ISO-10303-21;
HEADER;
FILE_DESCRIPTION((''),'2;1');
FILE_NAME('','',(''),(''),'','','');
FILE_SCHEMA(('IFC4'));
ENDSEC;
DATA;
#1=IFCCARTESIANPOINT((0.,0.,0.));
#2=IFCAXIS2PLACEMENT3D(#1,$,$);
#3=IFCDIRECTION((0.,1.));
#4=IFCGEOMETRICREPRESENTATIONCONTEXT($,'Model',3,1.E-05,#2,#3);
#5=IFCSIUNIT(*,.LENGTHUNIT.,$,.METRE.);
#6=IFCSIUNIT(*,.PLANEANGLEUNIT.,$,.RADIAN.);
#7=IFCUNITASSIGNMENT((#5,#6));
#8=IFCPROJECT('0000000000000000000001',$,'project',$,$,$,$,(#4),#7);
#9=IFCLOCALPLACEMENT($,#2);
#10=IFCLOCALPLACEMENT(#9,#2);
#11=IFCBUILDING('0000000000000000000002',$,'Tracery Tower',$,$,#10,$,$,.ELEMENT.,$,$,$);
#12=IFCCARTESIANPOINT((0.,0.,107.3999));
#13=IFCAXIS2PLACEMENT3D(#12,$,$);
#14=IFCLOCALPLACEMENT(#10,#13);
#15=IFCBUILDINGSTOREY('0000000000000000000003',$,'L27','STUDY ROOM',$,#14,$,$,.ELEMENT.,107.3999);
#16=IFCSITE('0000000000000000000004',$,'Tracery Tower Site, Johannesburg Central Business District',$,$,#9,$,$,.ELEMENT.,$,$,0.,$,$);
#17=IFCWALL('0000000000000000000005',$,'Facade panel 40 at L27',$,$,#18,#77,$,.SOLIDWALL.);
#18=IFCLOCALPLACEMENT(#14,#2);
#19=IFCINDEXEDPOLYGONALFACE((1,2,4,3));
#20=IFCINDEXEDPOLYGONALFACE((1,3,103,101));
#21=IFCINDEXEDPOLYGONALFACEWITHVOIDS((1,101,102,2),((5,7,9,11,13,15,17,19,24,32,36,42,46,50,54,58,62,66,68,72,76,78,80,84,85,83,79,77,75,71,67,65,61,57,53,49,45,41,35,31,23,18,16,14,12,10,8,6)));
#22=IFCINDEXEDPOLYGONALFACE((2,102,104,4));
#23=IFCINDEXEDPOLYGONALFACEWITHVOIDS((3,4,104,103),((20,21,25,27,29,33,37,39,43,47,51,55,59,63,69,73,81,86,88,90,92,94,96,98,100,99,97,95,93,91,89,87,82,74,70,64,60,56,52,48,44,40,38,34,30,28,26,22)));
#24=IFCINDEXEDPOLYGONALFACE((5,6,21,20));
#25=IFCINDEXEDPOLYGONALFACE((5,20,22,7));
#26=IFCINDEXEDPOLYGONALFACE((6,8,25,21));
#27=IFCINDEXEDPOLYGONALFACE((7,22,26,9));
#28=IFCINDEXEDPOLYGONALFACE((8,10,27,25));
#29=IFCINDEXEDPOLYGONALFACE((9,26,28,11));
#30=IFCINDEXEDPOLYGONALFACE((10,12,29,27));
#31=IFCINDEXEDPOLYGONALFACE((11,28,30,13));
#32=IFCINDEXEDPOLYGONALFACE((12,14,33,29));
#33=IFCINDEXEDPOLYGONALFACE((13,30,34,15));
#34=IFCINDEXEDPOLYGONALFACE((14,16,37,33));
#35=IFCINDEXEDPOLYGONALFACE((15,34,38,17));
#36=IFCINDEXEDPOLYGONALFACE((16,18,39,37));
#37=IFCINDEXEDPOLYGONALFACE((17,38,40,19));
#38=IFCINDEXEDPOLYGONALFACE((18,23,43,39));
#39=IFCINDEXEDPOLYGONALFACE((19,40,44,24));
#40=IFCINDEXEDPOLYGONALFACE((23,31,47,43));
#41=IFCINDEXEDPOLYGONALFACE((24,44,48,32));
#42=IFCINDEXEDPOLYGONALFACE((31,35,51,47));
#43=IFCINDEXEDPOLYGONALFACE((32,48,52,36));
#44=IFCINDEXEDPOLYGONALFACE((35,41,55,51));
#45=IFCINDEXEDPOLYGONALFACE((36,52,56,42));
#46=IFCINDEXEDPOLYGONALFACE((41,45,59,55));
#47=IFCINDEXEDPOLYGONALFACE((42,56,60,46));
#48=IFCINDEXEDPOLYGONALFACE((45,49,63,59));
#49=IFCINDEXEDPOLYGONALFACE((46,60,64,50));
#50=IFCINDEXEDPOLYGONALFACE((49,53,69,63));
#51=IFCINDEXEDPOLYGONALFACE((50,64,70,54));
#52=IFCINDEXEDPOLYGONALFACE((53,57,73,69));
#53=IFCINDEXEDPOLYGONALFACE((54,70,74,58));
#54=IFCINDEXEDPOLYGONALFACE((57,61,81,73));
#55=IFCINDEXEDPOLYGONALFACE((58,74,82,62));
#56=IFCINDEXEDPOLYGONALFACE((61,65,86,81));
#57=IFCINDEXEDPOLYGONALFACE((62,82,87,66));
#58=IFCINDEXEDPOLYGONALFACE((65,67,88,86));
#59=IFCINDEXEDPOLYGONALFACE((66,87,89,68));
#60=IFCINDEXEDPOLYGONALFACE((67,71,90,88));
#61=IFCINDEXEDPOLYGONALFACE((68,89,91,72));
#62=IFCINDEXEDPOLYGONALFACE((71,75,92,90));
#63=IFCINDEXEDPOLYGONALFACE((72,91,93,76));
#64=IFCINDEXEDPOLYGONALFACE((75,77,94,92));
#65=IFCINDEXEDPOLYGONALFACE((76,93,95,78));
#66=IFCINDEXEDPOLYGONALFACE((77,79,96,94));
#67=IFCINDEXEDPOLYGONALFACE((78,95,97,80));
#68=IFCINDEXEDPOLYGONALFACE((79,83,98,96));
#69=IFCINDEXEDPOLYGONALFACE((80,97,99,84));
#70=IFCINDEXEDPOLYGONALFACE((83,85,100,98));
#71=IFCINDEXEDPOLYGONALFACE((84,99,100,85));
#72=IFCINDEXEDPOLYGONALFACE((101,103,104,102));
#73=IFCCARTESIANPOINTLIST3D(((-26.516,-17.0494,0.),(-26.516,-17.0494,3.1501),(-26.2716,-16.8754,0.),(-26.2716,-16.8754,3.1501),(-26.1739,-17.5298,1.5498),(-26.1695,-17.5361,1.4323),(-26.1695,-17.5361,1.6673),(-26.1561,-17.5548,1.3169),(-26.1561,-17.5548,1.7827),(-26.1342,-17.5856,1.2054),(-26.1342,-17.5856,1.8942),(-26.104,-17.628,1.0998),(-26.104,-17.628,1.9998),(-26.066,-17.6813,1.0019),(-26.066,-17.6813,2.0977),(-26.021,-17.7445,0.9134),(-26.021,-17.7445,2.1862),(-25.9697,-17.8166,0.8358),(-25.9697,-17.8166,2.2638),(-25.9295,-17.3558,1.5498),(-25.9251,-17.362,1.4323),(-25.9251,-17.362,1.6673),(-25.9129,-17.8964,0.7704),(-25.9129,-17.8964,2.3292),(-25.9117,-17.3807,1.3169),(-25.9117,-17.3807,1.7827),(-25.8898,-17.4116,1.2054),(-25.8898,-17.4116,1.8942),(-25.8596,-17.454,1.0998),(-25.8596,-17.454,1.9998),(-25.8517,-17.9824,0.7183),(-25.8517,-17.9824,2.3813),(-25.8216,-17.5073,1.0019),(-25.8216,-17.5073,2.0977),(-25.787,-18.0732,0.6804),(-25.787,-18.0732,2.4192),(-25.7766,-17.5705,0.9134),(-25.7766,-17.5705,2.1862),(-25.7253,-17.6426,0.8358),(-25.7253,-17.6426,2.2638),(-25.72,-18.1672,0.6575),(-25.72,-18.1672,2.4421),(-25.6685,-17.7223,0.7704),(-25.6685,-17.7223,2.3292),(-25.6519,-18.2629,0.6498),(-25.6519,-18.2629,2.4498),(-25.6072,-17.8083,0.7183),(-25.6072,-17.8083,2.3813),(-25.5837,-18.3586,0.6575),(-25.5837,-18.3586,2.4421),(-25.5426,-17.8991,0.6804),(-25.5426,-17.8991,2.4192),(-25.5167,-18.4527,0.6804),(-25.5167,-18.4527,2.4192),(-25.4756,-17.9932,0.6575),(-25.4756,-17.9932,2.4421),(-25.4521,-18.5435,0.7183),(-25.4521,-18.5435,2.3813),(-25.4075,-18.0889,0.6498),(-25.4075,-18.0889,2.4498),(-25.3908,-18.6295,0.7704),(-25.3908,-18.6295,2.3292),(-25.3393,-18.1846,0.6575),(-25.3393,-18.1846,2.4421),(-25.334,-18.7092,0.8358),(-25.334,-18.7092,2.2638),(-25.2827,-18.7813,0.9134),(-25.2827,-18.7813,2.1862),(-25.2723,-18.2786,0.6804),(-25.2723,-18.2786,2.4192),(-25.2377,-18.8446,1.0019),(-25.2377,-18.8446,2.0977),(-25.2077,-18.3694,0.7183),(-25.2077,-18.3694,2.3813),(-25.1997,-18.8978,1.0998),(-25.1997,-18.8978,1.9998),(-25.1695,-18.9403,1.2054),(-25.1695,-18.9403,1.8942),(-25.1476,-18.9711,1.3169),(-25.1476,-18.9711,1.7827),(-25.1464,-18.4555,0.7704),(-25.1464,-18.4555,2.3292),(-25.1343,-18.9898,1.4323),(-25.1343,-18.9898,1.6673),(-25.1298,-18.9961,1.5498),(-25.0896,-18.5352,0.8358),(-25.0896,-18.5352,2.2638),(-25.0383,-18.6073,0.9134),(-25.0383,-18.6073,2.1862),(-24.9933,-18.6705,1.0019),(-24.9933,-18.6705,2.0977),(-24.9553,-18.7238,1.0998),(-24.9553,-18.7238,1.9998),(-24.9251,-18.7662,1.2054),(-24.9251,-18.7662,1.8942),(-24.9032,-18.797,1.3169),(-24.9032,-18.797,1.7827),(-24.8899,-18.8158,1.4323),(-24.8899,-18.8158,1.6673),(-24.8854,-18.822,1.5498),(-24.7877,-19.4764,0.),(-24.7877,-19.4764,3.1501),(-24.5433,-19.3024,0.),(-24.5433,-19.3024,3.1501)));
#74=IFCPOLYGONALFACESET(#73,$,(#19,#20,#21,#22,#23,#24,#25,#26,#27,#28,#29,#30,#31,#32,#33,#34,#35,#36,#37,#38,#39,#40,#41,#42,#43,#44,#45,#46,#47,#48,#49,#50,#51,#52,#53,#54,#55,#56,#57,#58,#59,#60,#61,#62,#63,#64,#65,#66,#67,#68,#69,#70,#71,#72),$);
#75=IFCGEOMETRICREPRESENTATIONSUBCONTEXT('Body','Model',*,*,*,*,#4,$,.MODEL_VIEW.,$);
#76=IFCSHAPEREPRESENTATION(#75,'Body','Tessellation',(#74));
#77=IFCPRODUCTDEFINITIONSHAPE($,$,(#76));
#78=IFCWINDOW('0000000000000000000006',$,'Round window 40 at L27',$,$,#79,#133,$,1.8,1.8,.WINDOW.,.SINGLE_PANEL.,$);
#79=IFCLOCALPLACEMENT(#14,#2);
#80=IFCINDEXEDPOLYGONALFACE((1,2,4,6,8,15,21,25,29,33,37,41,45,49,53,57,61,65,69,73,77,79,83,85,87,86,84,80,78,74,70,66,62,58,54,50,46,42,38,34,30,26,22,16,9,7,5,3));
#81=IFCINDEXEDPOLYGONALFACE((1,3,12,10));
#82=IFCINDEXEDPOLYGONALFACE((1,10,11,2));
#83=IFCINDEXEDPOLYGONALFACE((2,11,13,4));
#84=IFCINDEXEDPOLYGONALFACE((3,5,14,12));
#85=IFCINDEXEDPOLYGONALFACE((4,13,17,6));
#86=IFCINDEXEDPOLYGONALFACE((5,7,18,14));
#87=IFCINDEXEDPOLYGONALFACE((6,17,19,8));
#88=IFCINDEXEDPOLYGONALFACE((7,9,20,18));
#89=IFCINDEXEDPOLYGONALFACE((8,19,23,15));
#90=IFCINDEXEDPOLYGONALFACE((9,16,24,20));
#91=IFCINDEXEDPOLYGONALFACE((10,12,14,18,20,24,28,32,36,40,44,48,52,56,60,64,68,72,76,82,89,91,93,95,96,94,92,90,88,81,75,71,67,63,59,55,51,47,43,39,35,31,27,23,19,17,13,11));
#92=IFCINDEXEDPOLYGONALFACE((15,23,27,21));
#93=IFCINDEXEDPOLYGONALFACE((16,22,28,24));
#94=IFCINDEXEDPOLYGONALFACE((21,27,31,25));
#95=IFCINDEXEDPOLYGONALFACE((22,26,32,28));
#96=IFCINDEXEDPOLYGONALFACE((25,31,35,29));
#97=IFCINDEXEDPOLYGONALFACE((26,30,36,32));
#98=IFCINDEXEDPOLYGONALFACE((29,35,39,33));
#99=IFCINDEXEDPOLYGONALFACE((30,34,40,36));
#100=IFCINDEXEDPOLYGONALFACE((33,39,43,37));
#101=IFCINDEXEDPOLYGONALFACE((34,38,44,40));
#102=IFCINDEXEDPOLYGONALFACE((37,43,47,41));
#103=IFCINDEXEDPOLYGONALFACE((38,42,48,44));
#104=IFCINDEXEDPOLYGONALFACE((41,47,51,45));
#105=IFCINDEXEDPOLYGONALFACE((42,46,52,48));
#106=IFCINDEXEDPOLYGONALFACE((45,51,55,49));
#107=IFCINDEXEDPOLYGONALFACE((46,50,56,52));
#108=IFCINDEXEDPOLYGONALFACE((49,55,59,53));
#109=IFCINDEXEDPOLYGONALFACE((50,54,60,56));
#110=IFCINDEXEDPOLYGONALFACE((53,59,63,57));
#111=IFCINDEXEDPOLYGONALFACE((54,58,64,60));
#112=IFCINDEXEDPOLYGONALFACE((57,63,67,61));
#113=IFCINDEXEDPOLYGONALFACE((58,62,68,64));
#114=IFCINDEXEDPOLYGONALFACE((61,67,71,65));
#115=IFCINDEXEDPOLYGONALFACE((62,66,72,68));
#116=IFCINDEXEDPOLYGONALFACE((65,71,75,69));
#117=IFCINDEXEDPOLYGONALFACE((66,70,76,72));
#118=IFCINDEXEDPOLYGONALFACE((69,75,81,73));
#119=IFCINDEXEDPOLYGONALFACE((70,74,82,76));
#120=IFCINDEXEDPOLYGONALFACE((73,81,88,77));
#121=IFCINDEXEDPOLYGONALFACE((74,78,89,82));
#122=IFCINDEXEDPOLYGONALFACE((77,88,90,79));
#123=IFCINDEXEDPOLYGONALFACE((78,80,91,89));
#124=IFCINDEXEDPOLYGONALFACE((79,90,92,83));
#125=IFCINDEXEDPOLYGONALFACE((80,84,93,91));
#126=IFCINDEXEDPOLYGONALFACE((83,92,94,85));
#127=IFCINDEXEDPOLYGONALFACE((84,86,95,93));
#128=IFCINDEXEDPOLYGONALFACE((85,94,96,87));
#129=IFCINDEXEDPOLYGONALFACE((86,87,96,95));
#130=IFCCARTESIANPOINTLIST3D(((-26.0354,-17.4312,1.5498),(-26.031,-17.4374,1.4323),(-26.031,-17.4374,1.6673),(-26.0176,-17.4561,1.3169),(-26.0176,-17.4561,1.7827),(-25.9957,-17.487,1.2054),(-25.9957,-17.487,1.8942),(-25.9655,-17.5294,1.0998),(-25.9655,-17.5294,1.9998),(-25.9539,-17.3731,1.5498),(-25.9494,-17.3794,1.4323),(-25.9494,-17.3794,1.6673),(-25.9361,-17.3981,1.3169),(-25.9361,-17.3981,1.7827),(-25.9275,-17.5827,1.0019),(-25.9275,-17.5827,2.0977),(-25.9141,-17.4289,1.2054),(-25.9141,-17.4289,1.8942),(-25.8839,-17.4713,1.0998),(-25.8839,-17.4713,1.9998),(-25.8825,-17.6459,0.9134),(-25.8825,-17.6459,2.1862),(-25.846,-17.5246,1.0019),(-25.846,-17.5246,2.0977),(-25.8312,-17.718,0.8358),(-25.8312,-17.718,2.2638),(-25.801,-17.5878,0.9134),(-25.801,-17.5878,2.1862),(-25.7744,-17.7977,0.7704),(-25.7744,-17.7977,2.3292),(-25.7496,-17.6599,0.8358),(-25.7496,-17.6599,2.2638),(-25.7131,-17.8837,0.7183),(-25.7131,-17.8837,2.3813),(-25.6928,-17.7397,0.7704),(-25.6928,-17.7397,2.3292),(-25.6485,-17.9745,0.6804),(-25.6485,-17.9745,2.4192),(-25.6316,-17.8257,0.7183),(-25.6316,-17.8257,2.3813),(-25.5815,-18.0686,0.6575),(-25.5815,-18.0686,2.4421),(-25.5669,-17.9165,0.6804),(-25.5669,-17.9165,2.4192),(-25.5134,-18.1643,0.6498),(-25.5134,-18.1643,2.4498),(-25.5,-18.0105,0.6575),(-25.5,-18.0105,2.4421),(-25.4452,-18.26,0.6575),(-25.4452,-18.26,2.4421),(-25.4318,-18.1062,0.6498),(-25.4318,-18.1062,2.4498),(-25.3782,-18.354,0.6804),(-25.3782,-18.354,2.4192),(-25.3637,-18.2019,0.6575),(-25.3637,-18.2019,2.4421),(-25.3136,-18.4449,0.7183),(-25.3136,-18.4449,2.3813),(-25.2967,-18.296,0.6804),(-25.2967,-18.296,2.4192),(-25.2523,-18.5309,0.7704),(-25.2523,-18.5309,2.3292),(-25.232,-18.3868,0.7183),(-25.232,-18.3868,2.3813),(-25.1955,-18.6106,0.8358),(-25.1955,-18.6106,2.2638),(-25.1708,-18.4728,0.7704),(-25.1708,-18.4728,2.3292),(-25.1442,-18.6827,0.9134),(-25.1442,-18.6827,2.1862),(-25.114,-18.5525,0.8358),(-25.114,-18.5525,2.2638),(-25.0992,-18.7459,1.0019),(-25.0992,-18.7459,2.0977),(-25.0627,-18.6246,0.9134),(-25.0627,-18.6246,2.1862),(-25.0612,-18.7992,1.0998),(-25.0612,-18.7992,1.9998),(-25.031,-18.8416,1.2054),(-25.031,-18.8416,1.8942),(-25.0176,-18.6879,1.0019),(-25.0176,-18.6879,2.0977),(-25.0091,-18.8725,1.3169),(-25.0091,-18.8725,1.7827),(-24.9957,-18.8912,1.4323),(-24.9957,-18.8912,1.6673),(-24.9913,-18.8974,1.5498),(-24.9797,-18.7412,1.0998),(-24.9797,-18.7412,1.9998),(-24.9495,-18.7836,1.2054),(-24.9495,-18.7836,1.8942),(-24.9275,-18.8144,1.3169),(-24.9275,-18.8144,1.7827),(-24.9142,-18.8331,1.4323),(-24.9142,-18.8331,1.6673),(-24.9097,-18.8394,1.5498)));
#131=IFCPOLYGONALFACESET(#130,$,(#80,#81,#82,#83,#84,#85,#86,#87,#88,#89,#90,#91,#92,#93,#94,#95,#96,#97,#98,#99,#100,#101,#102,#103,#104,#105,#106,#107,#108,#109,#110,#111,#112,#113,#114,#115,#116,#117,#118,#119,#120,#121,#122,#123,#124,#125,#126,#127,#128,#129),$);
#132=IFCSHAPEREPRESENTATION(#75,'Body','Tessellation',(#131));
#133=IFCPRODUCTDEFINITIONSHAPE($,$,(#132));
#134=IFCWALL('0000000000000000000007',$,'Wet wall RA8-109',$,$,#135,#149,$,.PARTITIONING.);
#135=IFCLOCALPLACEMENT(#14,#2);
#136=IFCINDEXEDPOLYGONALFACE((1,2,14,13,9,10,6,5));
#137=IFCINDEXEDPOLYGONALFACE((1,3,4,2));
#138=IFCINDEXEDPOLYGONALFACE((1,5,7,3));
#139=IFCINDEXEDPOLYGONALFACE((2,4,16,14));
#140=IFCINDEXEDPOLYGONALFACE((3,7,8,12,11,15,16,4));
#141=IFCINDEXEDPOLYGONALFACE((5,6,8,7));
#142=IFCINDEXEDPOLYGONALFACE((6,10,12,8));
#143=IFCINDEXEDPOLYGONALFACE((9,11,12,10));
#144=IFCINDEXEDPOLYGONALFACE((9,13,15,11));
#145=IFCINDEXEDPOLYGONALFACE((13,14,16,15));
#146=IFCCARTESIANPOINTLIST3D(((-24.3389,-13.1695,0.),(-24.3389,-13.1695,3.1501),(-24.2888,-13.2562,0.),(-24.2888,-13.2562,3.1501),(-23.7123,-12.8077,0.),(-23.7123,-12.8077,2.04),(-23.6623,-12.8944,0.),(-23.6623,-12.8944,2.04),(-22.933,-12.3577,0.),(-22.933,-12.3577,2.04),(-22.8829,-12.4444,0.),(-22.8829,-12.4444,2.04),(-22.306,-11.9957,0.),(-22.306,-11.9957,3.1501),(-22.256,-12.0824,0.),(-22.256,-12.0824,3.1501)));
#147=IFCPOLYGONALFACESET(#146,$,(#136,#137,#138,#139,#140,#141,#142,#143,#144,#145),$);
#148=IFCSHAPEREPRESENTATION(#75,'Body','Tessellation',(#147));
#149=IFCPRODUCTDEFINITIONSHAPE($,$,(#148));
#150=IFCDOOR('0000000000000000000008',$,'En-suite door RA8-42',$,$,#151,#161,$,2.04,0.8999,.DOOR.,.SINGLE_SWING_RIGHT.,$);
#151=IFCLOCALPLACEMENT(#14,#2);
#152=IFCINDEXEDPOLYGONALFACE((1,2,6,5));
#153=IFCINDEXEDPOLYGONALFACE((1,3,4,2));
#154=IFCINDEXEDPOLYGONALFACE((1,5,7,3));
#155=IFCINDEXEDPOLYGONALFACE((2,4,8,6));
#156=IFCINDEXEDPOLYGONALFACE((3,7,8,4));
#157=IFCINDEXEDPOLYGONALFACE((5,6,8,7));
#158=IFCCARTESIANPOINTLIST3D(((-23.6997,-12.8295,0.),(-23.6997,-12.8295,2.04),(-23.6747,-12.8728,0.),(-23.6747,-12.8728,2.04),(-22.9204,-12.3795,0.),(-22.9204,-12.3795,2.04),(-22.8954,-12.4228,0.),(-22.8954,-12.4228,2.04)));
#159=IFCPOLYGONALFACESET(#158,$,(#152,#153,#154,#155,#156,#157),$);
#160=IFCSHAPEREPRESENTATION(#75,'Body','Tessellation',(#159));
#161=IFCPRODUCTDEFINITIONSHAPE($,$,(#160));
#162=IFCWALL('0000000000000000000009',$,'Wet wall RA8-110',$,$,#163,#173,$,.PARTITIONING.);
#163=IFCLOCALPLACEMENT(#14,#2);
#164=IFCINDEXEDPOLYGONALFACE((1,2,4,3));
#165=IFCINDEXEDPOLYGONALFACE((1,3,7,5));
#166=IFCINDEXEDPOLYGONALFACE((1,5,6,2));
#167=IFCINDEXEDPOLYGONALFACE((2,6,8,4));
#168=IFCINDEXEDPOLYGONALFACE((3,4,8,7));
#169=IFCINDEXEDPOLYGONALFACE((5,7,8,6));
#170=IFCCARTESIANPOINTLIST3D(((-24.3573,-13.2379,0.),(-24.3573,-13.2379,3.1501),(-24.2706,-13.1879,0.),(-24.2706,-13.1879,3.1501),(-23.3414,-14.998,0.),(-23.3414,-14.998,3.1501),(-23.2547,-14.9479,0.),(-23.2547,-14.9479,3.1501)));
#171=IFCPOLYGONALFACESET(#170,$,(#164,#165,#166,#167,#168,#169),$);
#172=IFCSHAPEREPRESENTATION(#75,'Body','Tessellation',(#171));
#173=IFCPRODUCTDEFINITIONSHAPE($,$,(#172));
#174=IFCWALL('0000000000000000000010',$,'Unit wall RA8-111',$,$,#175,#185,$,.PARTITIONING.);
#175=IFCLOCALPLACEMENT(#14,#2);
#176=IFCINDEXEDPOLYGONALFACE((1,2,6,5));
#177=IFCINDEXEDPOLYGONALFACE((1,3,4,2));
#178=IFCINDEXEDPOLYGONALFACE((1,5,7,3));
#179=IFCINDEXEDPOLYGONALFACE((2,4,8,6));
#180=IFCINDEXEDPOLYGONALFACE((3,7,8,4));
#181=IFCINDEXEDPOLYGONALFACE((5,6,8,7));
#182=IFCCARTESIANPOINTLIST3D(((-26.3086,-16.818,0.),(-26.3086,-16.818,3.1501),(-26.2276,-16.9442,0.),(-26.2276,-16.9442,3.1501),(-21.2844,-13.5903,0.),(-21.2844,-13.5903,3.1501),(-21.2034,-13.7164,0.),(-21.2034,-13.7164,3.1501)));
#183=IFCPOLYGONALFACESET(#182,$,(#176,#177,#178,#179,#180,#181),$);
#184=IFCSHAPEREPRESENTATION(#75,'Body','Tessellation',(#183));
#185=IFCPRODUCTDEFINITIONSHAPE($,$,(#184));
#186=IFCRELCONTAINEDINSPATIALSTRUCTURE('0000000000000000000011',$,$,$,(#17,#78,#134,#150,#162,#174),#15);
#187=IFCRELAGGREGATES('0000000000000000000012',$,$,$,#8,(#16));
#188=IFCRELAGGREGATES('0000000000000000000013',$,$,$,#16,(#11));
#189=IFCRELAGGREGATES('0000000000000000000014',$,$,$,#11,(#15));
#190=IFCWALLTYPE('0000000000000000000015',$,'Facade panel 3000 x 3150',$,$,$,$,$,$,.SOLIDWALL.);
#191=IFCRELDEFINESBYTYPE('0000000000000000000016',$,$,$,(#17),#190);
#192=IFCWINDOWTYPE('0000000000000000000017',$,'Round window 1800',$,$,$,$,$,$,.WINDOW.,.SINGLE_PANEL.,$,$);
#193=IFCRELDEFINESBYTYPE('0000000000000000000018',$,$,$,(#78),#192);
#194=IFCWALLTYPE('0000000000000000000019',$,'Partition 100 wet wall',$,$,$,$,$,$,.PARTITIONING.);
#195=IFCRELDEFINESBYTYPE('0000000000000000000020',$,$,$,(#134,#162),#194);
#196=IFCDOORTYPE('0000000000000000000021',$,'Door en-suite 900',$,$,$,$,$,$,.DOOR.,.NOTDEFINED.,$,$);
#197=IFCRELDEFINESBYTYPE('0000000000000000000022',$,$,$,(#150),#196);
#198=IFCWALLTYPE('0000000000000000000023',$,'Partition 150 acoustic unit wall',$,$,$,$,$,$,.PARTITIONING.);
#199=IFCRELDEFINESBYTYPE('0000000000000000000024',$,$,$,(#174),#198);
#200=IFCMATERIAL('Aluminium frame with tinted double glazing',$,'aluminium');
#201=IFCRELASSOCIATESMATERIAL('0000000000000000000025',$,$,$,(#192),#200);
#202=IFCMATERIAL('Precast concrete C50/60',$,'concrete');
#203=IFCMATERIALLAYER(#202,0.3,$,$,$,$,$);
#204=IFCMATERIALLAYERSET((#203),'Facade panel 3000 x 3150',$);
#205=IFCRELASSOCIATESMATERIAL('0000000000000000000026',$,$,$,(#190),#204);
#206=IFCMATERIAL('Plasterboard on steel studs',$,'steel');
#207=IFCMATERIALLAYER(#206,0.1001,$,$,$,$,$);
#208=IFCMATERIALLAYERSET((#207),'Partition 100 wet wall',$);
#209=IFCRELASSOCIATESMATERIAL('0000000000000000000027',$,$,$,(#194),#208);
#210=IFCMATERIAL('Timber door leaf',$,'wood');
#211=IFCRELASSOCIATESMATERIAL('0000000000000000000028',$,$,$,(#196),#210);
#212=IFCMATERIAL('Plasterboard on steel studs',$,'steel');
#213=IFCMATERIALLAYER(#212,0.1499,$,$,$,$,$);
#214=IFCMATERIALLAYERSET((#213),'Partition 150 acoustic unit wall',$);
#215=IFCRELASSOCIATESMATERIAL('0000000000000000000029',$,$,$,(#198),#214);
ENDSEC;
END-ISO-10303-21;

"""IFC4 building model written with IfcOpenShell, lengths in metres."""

from ifc_helpers import new_model, si_unit, direction, frame, frame_2d, origin, origin_2d, place, context, subcontext, project, spatial, rectangle, circle, extrude, material, layer, layer_set, type_object, element, fill, save


model = new_model("IFC4")

# Units and contexts
model_context = context("Model", 3, precision=1e-05, world=origin(), true_north=direction((0.0, 1.0)))
body_context = subcontext(model_context, "Body", "Model", "MODEL_VIEW")
ifc_project = project(units=[si_unit("LENGTHUNIT", "METRE"), si_unit("PLANEANGLEUNIT", "RADIAN")], contexts=[model_context])

# Site, building, storey
site_placement = place(None, origin())
site = spatial("IfcSite", under=ifc_project, at=site_placement, Name="Tracery Tower Site, Johannesburg Central Business District", CompositionType="ELEMENT", RefElevation=0.0)
building_placement = place(site_placement, origin())
building = spatial("IfcBuilding", under=site, at=building_placement, Name="Tracery Tower", CompositionType="ELEMENT")
storey_placement = place(building_placement, frame((0.0, 0.0, 107.3999)))
storey = spatial("IfcBuildingStorey", under=building, at=storey_placement, Name="L27", Description="STUDY ROOM", CompositionType="ELEMENT", Elevation=107.3999)

# Wall, opening, window
ifc_material_1 = material(Name="Aluminium frame with tinted double glazing", Category="aluminium")
window_type = type_object("IfcWindowType", Name="Round window 1800", PartitioningType="SINGLE_PANEL", PredefinedType="WINDOW", material=ifc_material_1)
ifc_material_2 = material(Name="Precast concrete C50/60", Category="concrete")
ifc_layer_1 = layer(ifc_material_2, 0.3)
ifc_layer_set_1 = layer_set([ifc_layer_1], Name="Facade panel 3000 x 3150")
wall_type_1 = type_object("IfcWallType", Name="Facade panel 3000 x 3150", PredefinedType="SOLIDWALL", material=ifc_layer_set_1)
wall_1_placement = place(storey_placement, frame((-26.3938, -16.9624, 0.0), z_axis=(0.0, 0.0, 1.0), x_axis=(0.580059, -0.814574, 0.0)))
wall_1 = element("IfcWall", 1, at=wall_1_placement, inside=storey, type_object=wall_type_1, Name="Facade panel 40 at L27", PredefinedType="SOLIDWALL", context=body_context, shape_type="SweptSolid", body=[
    extrude(rectangle(XDim=2.9795, YDim=0.3, at=frame_2d((1.4897, 0.0))), origin(), (0.0, 0.0, 1.0), 3.1501),
])
opening_1_placement = place(wall_1_placement, frame((1.4897, 0.0, 1.5498)))
opening_1 = element("IfcOpeningElement", 2, at=opening_1_placement, cuts=wall_1, PredefinedType="OPENING", context=body_context, shape_type="SweptSolid", body=[
    extrude(circle(Radius=0.9, at=origin_2d()), frame((0.0, 0.1599, 0.0), z_axis=(0.0, -1.0, 0.0), x_axis=(1.0, 0.0, 0.0)), (0.0, 0.0, 1.0), 0.3201),
])
window_1_placement = place(opening_1_placement, origin())
window_1 = element("IfcWindow", 3, at=window_1_placement, inside=storey, type_object=window_type, Name="Round window 40 at L27", OverallHeight=1.8, OverallWidth=1.8, PartitioningType="SINGLE_PANEL", PredefinedType="WINDOW", context=body_context, shape_type="SweptSolid", body=[
    extrude(circle(Radius=0.9, at=origin_2d()), frame((0.0, 0.1201, 0.0), z_axis=(0.0, -1.0, 0.0), x_axis=(1.0, 0.0, 0.0)), (0.0, 0.0, 1.0), 0.1001),
])
fill(opening_1, window_1)

# Wall, opening, door
ifc_material_3 = material(Name="Plasterboard on steel studs", Category="steel")
ifc_layer_2 = layer(ifc_material_3, 0.1001)
ifc_layer_set_2 = layer_set([ifc_layer_2], Name="Partition 100 wet wall")
wall_type_2 = type_object("IfcWallType", Name="Partition 100 wet wall", PredefinedType="PARTITIONING", material=ifc_layer_set_2)
wall_2_placement = place(storey_placement, frame((-24.314, -13.2129, 0.0), z_axis=(0.0, 0.0, 1.0), x_axis=(0.866007, 0.500032, 0.0)))
wall_2 = element("IfcWall", 4, at=wall_2_placement, inside=storey, type_object=wall_type_2, Name="Wet wall RA8-109", PredefinedType="PARTITIONING", context=body_context, shape_type="SweptSolid", body=[
    extrude(rectangle(XDim=2.3474, YDim=0.1001, at=frame_2d((1.1738, 0.0))), origin(), (0.0, 0.0, 1.0), 3.1501),
])
opening_2_placement = place(wall_2_placement, frame((0.7236, 0.0, 0.0)))
opening_2 = element("IfcOpeningElement", 5, at=opening_2_placement, cuts=wall_2, PredefinedType="OPENING", context=body_context, shape_type="SweptSolid", body=[
    extrude(rectangle(XDim=0.8999, YDim=2.04, at=frame_2d((0.45, 1.02))), frame((0.0, 0.05, 0.0), z_axis=(0.0, -1.0, 0.0), x_axis=(1.0, 0.0, 0.0)), (0.0, 0.0, 1.0), 0.1001),
])
ifc_material_4 = material(Name="Timber door leaf", Category="wood")
door_type_1 = type_object("IfcDoorType", Name="Door en-suite 900", OperationType="NOTDEFINED", PredefinedType="DOOR", material=ifc_material_4)
door_1_placement = place(opening_2_placement, origin())
door_1 = element("IfcDoor", 6, at=door_1_placement, inside=storey, type_object=door_type_1, Name="En-suite door RA8-42", OperationType="SINGLE_SWING_RIGHT", OverallHeight=2.04, OverallWidth=0.8999, PredefinedType="DOOR", context=body_context, shape_type="SweptSolid", body=[
    extrude(rectangle(XDim=0.8999, YDim=2.04, at=frame_2d((0.45, 1.02))), frame((0.0, 0.0249, 0.0), z_axis=(0.0, -1.0, 0.0), x_axis=(1.0, 0.0, 0.0)), (0.0, 0.0, 1.0), 0.05),
])
fill(opening_2, door_1)

# Walls
wall_3_placement = place(storey_placement, frame((-24.314, -13.2129, 0.0), z_axis=(0.0, 0.0, 1.0), x_axis=(0.499899, -0.866084, 0.0)))
element("IfcWall", 7, at=wall_3_placement, inside=storey, type_object=wall_type_2, Name="Wet wall RA8-110", PredefinedType="PARTITIONING", context=body_context, shape_type="SweptSolid", body=[
    extrude(rectangle(XDim=2.0322, YDim=0.1001, at=frame_2d((1.0161, 0.0))), origin(), (0.0, 0.0, 1.0), 3.1501),
])
ifc_material_5 = material(Name="Plasterboard on steel studs", Category="steel")
ifc_layer_3 = layer(ifc_material_5, 0.1499)
ifc_layer_set_3 = layer_set([ifc_layer_3], Name="Partition 150 acoustic unit wall")
wall_type_3 = type_object("IfcWallType", Name="Partition 150 acoustic unit wall", PredefinedType="PARTITIONING", material=ifc_layer_set_3)
wall_4_placement = place(storey_placement, frame((-26.2681, -16.8811, 0.0), z_axis=(0.0, 0.0, 1.0), x_axis=(0.841334, 0.540516, 0.0)))
element("IfcWall", 8, at=wall_4_placement, inside=storey, type_object=wall_type_3, Name="Unit wall RA8-111", PredefinedType="PARTITIONING", context=body_context, shape_type="SweptSolid", body=[
    extrude(rectangle(XDim=5.9717, YDim=0.1499, at=frame_2d((2.9858, 0.0))), origin(), (0.0, 0.0, 1.0), 3.1501),
])

save(model, "model.ifc")
